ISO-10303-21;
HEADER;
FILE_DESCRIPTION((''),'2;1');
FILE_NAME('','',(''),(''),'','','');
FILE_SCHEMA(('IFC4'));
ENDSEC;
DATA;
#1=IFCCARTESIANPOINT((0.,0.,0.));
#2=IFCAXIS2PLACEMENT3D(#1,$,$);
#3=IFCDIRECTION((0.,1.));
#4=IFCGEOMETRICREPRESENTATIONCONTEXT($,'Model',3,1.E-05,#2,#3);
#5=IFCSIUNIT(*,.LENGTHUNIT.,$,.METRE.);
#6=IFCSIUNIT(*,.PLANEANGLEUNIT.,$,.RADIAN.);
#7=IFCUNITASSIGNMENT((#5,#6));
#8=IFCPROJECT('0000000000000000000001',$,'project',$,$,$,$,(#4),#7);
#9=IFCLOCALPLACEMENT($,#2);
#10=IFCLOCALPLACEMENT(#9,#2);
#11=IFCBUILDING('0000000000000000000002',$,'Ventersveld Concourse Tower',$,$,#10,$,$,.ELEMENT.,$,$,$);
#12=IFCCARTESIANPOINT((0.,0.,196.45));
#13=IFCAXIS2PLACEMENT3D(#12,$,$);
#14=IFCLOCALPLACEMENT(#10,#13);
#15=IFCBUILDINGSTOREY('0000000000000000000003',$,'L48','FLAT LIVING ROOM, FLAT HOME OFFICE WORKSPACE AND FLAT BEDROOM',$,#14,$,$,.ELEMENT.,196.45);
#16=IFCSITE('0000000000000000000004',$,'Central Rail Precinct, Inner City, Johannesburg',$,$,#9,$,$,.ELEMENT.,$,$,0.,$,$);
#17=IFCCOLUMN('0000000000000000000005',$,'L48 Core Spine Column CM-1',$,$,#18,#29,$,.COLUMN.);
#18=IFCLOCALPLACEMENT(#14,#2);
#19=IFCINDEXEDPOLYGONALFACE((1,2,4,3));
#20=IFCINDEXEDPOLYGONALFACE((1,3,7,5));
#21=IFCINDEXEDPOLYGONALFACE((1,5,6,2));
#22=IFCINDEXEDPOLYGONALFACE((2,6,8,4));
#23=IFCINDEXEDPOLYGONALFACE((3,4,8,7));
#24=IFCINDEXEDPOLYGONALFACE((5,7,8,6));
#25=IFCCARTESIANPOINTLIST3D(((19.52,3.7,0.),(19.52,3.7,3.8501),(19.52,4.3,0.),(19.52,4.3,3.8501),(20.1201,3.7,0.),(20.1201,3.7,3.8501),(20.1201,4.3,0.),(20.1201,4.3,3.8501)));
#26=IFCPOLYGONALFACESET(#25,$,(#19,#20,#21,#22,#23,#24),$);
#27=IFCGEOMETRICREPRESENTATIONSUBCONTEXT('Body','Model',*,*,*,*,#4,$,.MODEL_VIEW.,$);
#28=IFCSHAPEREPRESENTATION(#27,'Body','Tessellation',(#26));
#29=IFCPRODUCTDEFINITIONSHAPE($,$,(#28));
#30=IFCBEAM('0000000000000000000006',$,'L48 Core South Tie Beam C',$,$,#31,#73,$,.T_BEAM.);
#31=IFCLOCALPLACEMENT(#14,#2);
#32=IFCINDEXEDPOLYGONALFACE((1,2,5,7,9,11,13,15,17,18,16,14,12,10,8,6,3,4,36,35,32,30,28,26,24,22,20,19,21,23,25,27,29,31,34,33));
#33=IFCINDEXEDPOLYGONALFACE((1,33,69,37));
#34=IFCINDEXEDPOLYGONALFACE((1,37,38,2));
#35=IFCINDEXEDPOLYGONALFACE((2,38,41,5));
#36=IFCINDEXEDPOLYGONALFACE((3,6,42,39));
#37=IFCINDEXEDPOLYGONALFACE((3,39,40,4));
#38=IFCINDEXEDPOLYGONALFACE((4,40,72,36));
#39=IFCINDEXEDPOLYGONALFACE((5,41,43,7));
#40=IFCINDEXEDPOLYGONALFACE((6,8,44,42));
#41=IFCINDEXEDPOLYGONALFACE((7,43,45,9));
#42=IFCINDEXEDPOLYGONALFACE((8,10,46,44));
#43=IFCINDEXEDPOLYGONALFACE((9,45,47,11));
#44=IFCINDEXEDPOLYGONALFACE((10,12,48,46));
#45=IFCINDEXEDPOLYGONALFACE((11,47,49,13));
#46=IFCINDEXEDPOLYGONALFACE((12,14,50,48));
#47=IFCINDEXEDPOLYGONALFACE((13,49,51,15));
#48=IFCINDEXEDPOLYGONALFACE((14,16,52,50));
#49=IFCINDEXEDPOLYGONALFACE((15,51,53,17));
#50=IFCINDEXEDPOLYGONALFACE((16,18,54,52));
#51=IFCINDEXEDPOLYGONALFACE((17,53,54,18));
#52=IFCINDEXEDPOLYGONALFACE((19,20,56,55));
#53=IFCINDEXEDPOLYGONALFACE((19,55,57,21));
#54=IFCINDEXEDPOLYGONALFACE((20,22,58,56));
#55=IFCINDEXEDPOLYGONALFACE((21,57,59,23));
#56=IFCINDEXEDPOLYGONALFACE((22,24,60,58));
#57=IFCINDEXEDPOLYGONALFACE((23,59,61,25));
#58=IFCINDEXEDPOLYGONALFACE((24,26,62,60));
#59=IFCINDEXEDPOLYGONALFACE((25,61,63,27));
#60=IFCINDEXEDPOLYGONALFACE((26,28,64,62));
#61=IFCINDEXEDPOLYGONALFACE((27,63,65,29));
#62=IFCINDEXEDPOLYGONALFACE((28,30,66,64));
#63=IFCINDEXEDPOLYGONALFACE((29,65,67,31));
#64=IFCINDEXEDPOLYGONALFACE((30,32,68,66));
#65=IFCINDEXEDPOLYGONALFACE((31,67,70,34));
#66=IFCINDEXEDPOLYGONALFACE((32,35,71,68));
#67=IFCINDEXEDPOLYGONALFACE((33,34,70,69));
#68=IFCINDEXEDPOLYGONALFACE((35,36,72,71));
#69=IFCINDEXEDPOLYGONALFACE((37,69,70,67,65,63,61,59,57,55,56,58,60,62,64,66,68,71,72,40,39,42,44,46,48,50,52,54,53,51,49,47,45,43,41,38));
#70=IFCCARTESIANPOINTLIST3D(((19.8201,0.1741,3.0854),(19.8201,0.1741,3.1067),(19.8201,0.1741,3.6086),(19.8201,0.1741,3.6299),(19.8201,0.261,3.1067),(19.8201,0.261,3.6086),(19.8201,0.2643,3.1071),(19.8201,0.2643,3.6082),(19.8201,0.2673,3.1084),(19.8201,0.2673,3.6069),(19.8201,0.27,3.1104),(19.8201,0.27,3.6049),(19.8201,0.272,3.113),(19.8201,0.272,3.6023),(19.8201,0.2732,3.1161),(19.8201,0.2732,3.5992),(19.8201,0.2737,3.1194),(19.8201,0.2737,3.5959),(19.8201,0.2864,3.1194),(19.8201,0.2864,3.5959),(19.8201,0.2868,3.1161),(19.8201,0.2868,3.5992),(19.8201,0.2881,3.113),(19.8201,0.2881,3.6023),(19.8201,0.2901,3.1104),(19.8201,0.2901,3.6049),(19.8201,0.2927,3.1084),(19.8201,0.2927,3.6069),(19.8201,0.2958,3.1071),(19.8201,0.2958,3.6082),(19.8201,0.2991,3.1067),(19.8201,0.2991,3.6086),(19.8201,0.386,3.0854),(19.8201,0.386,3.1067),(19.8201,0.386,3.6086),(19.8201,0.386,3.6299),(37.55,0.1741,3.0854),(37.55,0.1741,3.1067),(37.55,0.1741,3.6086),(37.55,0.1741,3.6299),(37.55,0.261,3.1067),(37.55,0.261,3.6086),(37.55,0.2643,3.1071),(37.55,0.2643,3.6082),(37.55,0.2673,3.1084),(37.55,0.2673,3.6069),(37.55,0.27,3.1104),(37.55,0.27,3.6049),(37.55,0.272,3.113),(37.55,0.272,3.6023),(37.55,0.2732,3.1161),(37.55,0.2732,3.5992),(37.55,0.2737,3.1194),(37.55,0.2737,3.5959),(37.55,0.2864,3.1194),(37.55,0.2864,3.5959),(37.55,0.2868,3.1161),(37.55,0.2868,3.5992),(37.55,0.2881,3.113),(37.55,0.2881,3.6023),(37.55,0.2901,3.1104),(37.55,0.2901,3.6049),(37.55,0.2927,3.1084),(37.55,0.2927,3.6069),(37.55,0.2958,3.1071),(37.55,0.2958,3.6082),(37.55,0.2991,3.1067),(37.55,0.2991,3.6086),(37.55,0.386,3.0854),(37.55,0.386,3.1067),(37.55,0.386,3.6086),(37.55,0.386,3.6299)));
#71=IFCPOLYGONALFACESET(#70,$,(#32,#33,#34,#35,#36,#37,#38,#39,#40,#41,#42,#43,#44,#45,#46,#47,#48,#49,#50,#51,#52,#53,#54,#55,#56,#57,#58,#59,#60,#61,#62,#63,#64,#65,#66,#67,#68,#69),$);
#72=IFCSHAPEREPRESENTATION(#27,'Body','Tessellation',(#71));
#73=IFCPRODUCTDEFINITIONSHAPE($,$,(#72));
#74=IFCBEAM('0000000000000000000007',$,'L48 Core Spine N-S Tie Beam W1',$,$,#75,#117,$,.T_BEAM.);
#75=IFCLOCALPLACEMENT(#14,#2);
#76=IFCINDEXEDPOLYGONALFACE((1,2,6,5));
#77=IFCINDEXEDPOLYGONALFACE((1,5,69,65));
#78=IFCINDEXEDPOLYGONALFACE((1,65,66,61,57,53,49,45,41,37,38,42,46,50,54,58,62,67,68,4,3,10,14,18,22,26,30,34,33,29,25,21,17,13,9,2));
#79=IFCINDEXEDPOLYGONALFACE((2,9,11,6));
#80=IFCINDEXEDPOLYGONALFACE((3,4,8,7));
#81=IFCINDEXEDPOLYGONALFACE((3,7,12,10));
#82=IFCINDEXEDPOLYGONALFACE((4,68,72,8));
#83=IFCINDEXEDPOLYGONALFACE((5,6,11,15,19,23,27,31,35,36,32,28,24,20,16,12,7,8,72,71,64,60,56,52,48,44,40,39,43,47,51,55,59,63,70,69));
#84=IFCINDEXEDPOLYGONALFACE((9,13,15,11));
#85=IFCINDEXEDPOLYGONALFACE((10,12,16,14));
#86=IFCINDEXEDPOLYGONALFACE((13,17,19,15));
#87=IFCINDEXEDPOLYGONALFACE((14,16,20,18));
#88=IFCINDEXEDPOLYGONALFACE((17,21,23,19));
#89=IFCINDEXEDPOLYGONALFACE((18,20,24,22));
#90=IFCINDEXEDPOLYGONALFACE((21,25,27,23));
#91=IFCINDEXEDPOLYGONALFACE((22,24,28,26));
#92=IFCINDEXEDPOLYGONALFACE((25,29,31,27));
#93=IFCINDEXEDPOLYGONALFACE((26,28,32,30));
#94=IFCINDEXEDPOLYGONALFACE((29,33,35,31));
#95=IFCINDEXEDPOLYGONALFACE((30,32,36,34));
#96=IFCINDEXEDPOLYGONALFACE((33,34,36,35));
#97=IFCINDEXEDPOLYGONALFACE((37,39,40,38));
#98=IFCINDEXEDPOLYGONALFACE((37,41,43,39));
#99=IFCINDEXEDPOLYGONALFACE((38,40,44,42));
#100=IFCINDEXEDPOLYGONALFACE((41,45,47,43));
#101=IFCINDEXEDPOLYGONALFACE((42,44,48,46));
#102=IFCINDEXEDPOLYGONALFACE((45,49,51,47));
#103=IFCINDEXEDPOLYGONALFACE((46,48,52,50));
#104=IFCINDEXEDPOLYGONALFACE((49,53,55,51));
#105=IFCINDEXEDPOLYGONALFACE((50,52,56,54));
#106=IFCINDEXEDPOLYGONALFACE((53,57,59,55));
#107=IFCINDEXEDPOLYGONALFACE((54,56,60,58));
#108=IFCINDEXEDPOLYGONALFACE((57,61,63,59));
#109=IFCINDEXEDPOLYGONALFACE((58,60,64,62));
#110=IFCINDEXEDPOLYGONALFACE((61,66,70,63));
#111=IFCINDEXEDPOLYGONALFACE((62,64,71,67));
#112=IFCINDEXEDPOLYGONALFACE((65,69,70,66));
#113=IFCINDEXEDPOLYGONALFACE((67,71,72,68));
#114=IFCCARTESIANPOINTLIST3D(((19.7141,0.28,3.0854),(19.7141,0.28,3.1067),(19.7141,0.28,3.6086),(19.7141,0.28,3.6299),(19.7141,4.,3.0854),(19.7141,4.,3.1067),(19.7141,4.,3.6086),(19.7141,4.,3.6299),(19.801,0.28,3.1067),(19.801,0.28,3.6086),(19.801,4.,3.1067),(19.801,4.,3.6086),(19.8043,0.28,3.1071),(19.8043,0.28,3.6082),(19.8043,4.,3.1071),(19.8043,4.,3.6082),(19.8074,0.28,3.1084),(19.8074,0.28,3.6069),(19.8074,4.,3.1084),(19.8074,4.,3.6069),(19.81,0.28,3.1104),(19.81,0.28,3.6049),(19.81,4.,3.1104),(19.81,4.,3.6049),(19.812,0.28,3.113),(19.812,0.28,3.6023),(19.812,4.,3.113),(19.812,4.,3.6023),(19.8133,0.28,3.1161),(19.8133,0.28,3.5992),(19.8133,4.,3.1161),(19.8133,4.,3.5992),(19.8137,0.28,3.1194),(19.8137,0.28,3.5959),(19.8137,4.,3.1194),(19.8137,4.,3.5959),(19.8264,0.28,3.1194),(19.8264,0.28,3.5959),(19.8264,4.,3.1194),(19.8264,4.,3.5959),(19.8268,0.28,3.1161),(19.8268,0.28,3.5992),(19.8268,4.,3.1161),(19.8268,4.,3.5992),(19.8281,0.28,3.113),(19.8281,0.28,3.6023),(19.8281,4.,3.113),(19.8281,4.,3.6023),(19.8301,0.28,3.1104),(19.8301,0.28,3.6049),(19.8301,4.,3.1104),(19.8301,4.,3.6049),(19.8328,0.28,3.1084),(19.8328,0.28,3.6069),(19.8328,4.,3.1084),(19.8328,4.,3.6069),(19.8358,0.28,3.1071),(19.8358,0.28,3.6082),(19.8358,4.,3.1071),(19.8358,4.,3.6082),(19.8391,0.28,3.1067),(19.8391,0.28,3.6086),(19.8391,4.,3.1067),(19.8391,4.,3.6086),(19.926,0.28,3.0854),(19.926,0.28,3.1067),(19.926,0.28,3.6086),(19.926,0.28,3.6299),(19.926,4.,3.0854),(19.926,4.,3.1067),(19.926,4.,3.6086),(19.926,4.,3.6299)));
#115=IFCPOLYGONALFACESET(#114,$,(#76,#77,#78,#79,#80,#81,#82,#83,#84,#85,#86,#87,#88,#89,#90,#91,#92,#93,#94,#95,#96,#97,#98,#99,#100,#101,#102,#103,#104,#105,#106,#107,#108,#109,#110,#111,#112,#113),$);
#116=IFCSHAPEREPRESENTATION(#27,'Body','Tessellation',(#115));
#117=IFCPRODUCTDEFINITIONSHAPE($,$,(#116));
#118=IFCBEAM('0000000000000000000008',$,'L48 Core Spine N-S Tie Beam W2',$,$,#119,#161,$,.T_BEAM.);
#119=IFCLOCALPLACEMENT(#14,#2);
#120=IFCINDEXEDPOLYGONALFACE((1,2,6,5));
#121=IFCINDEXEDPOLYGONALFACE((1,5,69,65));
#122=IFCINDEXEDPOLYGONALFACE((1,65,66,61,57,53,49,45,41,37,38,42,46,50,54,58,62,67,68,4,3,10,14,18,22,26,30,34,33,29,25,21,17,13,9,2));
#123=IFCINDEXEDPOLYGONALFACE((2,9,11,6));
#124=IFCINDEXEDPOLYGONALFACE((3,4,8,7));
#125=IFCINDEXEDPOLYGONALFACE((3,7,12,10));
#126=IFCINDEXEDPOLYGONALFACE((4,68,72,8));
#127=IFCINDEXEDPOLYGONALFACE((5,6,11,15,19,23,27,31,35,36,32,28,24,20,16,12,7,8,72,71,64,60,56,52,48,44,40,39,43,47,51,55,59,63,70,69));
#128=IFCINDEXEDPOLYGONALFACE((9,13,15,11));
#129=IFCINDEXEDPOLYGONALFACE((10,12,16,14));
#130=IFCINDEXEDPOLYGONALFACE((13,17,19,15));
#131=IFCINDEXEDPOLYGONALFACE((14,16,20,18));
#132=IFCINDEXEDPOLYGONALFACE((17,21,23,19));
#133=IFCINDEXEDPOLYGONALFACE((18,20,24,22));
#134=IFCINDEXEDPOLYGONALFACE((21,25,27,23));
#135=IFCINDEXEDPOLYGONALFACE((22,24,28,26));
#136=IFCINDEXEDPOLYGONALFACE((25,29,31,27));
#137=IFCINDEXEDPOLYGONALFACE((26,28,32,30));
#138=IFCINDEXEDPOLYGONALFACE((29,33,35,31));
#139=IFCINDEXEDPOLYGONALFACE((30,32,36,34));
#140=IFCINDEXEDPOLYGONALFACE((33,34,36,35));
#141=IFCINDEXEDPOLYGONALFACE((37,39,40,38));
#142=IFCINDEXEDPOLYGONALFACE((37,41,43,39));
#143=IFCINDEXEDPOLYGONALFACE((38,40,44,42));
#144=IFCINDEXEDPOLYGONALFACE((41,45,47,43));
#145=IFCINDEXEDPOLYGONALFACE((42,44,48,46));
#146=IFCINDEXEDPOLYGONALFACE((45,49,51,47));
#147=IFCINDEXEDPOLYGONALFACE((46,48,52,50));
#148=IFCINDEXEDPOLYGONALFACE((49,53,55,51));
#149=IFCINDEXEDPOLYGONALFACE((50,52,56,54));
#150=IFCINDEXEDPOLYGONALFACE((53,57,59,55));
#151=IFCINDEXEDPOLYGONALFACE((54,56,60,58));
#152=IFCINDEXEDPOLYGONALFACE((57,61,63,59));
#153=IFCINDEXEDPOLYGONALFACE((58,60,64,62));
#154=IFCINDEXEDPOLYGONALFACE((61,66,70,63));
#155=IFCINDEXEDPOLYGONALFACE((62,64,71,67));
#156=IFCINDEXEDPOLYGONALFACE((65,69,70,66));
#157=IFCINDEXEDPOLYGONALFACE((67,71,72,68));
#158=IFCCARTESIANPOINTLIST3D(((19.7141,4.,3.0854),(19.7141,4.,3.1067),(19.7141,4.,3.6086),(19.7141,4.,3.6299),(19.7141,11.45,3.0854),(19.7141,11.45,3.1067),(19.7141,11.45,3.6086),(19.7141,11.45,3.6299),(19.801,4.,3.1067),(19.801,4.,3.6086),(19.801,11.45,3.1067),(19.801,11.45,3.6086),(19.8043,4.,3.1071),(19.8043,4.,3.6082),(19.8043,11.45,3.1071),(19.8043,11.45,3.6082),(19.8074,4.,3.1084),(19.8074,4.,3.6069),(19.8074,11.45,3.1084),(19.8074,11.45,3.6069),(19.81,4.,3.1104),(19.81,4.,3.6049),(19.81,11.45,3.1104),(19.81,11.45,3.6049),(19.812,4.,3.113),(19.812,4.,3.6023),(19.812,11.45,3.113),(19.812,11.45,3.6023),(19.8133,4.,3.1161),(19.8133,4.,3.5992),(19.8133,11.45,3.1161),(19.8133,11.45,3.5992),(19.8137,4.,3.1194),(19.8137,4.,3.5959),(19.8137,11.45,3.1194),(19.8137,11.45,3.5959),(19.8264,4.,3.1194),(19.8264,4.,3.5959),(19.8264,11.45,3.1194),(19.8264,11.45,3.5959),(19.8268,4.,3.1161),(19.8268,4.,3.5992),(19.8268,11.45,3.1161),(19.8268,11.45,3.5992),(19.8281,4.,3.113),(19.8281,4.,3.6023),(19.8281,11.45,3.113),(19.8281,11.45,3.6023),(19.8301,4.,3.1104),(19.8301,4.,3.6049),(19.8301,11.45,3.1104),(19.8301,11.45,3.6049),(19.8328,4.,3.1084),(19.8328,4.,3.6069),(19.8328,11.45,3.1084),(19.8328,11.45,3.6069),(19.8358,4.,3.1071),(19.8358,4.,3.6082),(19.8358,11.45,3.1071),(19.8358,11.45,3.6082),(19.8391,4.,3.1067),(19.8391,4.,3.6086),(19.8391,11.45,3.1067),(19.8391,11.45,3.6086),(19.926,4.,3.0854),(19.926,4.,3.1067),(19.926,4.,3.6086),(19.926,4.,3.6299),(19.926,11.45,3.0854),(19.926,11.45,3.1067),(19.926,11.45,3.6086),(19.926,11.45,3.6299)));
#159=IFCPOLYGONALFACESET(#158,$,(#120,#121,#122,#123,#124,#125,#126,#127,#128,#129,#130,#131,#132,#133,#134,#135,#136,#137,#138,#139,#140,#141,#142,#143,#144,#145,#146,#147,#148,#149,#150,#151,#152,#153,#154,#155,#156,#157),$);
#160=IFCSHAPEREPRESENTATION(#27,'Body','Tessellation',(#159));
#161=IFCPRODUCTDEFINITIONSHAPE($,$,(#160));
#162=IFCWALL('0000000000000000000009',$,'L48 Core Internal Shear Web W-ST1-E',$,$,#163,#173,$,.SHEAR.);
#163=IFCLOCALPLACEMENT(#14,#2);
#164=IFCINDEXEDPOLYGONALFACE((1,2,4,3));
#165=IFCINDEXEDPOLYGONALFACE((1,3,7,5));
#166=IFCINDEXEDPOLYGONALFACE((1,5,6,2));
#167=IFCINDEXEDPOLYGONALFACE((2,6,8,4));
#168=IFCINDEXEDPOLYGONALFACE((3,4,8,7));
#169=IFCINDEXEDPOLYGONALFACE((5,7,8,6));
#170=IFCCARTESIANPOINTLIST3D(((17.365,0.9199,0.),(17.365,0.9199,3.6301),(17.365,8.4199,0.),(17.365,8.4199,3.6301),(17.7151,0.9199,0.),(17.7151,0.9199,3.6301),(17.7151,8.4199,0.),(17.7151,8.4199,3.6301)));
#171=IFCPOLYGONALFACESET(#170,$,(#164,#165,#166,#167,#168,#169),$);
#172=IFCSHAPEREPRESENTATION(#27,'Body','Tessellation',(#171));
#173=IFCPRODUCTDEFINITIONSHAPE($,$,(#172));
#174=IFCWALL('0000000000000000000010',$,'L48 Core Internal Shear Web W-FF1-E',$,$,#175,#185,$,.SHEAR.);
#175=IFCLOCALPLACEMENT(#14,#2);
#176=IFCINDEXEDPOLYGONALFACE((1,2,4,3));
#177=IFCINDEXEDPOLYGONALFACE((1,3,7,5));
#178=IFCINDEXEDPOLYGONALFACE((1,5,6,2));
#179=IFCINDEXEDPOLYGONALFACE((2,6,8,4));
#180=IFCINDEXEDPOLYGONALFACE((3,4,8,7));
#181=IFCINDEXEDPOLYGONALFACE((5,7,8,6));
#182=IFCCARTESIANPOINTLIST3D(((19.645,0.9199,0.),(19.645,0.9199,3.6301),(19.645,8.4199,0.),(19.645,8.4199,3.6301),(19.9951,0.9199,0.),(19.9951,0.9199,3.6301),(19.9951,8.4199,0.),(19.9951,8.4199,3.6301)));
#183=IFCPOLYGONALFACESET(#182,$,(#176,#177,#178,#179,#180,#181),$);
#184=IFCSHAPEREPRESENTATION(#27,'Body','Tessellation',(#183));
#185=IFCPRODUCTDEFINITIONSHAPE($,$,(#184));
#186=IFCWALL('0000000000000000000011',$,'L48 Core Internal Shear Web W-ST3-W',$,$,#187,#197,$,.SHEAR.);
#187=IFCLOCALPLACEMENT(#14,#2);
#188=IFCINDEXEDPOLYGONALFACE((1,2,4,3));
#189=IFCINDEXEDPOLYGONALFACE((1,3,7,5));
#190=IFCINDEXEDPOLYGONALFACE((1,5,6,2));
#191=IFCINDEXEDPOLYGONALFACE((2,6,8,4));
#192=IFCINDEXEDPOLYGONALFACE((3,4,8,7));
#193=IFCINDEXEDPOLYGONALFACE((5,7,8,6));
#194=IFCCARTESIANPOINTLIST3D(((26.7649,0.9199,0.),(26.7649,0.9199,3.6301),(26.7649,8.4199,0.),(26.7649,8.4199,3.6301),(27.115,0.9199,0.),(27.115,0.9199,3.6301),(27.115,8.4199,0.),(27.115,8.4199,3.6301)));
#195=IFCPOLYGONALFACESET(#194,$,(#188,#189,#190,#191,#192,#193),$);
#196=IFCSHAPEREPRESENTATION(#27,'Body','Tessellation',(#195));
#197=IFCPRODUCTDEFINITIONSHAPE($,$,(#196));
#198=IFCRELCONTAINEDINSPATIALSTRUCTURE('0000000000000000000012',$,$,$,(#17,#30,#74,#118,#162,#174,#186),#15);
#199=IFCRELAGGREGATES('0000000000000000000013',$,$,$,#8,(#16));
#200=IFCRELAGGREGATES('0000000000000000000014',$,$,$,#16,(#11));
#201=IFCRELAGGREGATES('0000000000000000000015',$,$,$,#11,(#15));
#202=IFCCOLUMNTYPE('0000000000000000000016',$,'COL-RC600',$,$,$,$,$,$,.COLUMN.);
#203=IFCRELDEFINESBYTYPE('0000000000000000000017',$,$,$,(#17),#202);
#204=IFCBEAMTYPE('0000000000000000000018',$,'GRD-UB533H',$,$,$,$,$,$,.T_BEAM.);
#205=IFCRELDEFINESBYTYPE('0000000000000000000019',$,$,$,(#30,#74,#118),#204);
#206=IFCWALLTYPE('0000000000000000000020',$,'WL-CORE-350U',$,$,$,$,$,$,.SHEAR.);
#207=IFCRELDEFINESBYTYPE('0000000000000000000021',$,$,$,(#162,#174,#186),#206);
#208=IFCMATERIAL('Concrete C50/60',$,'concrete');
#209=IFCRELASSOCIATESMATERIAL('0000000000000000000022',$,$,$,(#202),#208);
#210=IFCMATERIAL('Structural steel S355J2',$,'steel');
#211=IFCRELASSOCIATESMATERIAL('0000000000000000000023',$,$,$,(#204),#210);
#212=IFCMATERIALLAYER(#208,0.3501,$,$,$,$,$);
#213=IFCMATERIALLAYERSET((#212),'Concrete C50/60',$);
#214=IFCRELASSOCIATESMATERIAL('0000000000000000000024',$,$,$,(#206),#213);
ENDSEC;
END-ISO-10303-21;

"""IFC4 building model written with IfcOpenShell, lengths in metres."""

from ifc_helpers import new_model, si_unit, direction, frame, frame_2d, origin, origin_2d, place, context, subcontext, project, spatial, rectangle, i_section, extrude, material, layer, layer_set, material_profile, profile_set, type_object, element, save


model = new_model("IFC4")

# Units and contexts
model_context = context("Model", 3, precision=1e-05, world=origin(), true_north=direction((0.0, 1.0)))
body_context = subcontext(model_context, "Body", "Model", "MODEL_VIEW")
ifc_project = project(units=[si_unit("LENGTHUNIT", "METRE"), si_unit("PLANEANGLEUNIT", "RADIAN")], contexts=[model_context])

# Site, building, storey
site_placement = place(None, origin())
site = spatial("IfcSite", under=ifc_project, at=site_placement, Name="Central Rail Precinct, Inner City, Johannesburg", CompositionType="ELEMENT", RefElevation=0.0)
building_placement = place(site_placement, origin())
building = spatial("IfcBuilding", under=site, at=building_placement, Name="Ventersveld Concourse Tower", CompositionType="ELEMENT")
storey_placement = place(building_placement, frame((0.0, 0.0, 196.45)))
storey = spatial("IfcBuildingStorey", under=building, at=storey_placement, Name="L48", Description="FLAT LIVING ROOM, FLAT HOME OFFICE WORKSPACE AND FLAT BEDROOM", CompositionType="ELEMENT", Elevation=196.45)

# Column
ifc_material_1 = material(Name="Concrete C50/60", Category="concrete")
ifc_material_profile_1 = material_profile(ifc_material_1, rectangle(XDim=0.6001, YDim=0.6001, at=origin_2d()), Name="RC 600x600")
ifc_profile_set_1 = profile_set([ifc_material_profile_1], Name="Concrete C50/60")
column_type = type_object("IfcColumnType", Name="COL-RC600", PredefinedType="COLUMN", material=ifc_profile_set_1)
column_placement = place(storey_placement, frame((19.8201, 4.0, 0.0), z_axis=(0.0, 0.0, 1.0), x_axis=(1.0, 0.0, 0.0)))
element("IfcColumn", 1, at=column_placement, inside=storey, type_object=column_type, Name="L48 Core Spine Column CM-1", PredefinedType="COLUMN", context=body_context, shape_type="SweptSolid", body=[
    extrude(rectangle(XDim=0.6001, YDim=0.6001, at=origin_2d()), origin(), (0.0, 0.0, 1.0), 3.8501),
])

# Beams
ifc_material_2 = material(Name="Structural steel S355J2", Category="steel")
ifc_material_profile_2 = material_profile(ifc_material_2, i_section(OverallWidth=0.2119, OverallDepth=0.5444, WebThickness=0.0127, FlangeThickness=0.0212, FilletRadius=0.0127, at=origin_2d()), Name="UB 533x210x122")
ifc_profile_set_2 = profile_set([ifc_material_profile_2], Name="Structural steel S355J2")
beam_type = type_object("IfcBeamType", Name="GRD-UB533H", PredefinedType="T_BEAM", material=ifc_profile_set_2)
beam_1_placement = place(storey_placement, frame((19.8201, 0.28, 3.3577), z_axis=(1.0, 0.0, 0.0), x_axis=(0.0, 1.0, 0.0)))
element("IfcBeam", 2, at=beam_1_placement, inside=storey, type_object=beam_type, Name="L48 Core South Tie Beam C", PredefinedType="T_BEAM", context=body_context, shape_type="SweptSolid", body=[
    extrude(i_section(OverallWidth=0.2119, OverallDepth=0.5444, WebThickness=0.0127, FlangeThickness=0.0212, FilletRadius=0.0127, at=origin_2d()), origin(), (0.0, 0.0, 1.0), 17.73),
])
beam_2_placement = place(storey_placement, frame((19.8201, 0.28, 3.3577), z_axis=(0.0, 1.0, 0.0), x_axis=(-1.0, 0.0, 0.0)))
element("IfcBeam", 3, at=beam_2_placement, inside=storey, type_object=beam_type, Name="L48 Core Spine N-S Tie Beam W1", PredefinedType="T_BEAM", context=body_context, shape_type="SweptSolid", body=[
    extrude(i_section(OverallWidth=0.2119, OverallDepth=0.5444, WebThickness=0.0127, FlangeThickness=0.0212, FilletRadius=0.0127, at=origin_2d()), origin(), (0.0, 0.0, 1.0), 3.72),
])
beam_3_placement = place(storey_placement, frame((19.8201, 4.0, 3.3577), z_axis=(0.0, 1.0, 0.0), x_axis=(-1.0, 0.0, 0.0)))
element("IfcBeam", 4, at=beam_3_placement, inside=storey, type_object=beam_type, Name="L48 Core Spine N-S Tie Beam W2", PredefinedType="T_BEAM", context=body_context, shape_type="SweptSolid", body=[
    extrude(i_section(OverallWidth=0.2119, OverallDepth=0.5444, WebThickness=0.0127, FlangeThickness=0.0212, FilletRadius=0.0127, at=origin_2d()), origin(), (0.0, 0.0, 1.0), 7.45),
])

# Walls
ifc_layer_1 = layer(ifc_material_1, 0.3501)
ifc_layer_set_1 = layer_set([ifc_layer_1], Name="Concrete C50/60")
wall_type_1 = type_object("IfcWallType", Name="WL-CORE-350U", PredefinedType="SHEAR", material=ifc_layer_set_1)
for number, where, z_axis, x_axis, name in (
    (5, (17.54, 0.9199, 0.0), (0.0, 0.0, 1.0), (0.0, 1.0, 0.0), "L48 Core Internal Shear Web W-ST1-E"),
    (6, (19.8201, 0.9199, 0.0), (0.0, 0.0, 1.0), (0.0, 1.0, 0.0), "L48 Core Internal Shear Web W-FF1-E"),
    (7, (26.9399, 0.9199, 0.0), (0.0, 0.0, 1.0), (0.0, 1.0, 0.0), "L48 Core Internal Shear Web W-ST3-W"),
):
    element("IfcWall", number, at=place(storey_placement, frame(where, z_axis=z_axis, x_axis=x_axis)), inside=storey, type_object=wall_type_1, Name=name, PredefinedType="SHEAR", context=body_context, shape_type="SweptSolid", body=[
        extrude(rectangle(XDim=7.5, YDim=0.3501, at=frame_2d((3.75, 0.0))), origin(), (0.0, 0.0, 1.0), 3.6301),
    ])

save(model, "model.ifc")
